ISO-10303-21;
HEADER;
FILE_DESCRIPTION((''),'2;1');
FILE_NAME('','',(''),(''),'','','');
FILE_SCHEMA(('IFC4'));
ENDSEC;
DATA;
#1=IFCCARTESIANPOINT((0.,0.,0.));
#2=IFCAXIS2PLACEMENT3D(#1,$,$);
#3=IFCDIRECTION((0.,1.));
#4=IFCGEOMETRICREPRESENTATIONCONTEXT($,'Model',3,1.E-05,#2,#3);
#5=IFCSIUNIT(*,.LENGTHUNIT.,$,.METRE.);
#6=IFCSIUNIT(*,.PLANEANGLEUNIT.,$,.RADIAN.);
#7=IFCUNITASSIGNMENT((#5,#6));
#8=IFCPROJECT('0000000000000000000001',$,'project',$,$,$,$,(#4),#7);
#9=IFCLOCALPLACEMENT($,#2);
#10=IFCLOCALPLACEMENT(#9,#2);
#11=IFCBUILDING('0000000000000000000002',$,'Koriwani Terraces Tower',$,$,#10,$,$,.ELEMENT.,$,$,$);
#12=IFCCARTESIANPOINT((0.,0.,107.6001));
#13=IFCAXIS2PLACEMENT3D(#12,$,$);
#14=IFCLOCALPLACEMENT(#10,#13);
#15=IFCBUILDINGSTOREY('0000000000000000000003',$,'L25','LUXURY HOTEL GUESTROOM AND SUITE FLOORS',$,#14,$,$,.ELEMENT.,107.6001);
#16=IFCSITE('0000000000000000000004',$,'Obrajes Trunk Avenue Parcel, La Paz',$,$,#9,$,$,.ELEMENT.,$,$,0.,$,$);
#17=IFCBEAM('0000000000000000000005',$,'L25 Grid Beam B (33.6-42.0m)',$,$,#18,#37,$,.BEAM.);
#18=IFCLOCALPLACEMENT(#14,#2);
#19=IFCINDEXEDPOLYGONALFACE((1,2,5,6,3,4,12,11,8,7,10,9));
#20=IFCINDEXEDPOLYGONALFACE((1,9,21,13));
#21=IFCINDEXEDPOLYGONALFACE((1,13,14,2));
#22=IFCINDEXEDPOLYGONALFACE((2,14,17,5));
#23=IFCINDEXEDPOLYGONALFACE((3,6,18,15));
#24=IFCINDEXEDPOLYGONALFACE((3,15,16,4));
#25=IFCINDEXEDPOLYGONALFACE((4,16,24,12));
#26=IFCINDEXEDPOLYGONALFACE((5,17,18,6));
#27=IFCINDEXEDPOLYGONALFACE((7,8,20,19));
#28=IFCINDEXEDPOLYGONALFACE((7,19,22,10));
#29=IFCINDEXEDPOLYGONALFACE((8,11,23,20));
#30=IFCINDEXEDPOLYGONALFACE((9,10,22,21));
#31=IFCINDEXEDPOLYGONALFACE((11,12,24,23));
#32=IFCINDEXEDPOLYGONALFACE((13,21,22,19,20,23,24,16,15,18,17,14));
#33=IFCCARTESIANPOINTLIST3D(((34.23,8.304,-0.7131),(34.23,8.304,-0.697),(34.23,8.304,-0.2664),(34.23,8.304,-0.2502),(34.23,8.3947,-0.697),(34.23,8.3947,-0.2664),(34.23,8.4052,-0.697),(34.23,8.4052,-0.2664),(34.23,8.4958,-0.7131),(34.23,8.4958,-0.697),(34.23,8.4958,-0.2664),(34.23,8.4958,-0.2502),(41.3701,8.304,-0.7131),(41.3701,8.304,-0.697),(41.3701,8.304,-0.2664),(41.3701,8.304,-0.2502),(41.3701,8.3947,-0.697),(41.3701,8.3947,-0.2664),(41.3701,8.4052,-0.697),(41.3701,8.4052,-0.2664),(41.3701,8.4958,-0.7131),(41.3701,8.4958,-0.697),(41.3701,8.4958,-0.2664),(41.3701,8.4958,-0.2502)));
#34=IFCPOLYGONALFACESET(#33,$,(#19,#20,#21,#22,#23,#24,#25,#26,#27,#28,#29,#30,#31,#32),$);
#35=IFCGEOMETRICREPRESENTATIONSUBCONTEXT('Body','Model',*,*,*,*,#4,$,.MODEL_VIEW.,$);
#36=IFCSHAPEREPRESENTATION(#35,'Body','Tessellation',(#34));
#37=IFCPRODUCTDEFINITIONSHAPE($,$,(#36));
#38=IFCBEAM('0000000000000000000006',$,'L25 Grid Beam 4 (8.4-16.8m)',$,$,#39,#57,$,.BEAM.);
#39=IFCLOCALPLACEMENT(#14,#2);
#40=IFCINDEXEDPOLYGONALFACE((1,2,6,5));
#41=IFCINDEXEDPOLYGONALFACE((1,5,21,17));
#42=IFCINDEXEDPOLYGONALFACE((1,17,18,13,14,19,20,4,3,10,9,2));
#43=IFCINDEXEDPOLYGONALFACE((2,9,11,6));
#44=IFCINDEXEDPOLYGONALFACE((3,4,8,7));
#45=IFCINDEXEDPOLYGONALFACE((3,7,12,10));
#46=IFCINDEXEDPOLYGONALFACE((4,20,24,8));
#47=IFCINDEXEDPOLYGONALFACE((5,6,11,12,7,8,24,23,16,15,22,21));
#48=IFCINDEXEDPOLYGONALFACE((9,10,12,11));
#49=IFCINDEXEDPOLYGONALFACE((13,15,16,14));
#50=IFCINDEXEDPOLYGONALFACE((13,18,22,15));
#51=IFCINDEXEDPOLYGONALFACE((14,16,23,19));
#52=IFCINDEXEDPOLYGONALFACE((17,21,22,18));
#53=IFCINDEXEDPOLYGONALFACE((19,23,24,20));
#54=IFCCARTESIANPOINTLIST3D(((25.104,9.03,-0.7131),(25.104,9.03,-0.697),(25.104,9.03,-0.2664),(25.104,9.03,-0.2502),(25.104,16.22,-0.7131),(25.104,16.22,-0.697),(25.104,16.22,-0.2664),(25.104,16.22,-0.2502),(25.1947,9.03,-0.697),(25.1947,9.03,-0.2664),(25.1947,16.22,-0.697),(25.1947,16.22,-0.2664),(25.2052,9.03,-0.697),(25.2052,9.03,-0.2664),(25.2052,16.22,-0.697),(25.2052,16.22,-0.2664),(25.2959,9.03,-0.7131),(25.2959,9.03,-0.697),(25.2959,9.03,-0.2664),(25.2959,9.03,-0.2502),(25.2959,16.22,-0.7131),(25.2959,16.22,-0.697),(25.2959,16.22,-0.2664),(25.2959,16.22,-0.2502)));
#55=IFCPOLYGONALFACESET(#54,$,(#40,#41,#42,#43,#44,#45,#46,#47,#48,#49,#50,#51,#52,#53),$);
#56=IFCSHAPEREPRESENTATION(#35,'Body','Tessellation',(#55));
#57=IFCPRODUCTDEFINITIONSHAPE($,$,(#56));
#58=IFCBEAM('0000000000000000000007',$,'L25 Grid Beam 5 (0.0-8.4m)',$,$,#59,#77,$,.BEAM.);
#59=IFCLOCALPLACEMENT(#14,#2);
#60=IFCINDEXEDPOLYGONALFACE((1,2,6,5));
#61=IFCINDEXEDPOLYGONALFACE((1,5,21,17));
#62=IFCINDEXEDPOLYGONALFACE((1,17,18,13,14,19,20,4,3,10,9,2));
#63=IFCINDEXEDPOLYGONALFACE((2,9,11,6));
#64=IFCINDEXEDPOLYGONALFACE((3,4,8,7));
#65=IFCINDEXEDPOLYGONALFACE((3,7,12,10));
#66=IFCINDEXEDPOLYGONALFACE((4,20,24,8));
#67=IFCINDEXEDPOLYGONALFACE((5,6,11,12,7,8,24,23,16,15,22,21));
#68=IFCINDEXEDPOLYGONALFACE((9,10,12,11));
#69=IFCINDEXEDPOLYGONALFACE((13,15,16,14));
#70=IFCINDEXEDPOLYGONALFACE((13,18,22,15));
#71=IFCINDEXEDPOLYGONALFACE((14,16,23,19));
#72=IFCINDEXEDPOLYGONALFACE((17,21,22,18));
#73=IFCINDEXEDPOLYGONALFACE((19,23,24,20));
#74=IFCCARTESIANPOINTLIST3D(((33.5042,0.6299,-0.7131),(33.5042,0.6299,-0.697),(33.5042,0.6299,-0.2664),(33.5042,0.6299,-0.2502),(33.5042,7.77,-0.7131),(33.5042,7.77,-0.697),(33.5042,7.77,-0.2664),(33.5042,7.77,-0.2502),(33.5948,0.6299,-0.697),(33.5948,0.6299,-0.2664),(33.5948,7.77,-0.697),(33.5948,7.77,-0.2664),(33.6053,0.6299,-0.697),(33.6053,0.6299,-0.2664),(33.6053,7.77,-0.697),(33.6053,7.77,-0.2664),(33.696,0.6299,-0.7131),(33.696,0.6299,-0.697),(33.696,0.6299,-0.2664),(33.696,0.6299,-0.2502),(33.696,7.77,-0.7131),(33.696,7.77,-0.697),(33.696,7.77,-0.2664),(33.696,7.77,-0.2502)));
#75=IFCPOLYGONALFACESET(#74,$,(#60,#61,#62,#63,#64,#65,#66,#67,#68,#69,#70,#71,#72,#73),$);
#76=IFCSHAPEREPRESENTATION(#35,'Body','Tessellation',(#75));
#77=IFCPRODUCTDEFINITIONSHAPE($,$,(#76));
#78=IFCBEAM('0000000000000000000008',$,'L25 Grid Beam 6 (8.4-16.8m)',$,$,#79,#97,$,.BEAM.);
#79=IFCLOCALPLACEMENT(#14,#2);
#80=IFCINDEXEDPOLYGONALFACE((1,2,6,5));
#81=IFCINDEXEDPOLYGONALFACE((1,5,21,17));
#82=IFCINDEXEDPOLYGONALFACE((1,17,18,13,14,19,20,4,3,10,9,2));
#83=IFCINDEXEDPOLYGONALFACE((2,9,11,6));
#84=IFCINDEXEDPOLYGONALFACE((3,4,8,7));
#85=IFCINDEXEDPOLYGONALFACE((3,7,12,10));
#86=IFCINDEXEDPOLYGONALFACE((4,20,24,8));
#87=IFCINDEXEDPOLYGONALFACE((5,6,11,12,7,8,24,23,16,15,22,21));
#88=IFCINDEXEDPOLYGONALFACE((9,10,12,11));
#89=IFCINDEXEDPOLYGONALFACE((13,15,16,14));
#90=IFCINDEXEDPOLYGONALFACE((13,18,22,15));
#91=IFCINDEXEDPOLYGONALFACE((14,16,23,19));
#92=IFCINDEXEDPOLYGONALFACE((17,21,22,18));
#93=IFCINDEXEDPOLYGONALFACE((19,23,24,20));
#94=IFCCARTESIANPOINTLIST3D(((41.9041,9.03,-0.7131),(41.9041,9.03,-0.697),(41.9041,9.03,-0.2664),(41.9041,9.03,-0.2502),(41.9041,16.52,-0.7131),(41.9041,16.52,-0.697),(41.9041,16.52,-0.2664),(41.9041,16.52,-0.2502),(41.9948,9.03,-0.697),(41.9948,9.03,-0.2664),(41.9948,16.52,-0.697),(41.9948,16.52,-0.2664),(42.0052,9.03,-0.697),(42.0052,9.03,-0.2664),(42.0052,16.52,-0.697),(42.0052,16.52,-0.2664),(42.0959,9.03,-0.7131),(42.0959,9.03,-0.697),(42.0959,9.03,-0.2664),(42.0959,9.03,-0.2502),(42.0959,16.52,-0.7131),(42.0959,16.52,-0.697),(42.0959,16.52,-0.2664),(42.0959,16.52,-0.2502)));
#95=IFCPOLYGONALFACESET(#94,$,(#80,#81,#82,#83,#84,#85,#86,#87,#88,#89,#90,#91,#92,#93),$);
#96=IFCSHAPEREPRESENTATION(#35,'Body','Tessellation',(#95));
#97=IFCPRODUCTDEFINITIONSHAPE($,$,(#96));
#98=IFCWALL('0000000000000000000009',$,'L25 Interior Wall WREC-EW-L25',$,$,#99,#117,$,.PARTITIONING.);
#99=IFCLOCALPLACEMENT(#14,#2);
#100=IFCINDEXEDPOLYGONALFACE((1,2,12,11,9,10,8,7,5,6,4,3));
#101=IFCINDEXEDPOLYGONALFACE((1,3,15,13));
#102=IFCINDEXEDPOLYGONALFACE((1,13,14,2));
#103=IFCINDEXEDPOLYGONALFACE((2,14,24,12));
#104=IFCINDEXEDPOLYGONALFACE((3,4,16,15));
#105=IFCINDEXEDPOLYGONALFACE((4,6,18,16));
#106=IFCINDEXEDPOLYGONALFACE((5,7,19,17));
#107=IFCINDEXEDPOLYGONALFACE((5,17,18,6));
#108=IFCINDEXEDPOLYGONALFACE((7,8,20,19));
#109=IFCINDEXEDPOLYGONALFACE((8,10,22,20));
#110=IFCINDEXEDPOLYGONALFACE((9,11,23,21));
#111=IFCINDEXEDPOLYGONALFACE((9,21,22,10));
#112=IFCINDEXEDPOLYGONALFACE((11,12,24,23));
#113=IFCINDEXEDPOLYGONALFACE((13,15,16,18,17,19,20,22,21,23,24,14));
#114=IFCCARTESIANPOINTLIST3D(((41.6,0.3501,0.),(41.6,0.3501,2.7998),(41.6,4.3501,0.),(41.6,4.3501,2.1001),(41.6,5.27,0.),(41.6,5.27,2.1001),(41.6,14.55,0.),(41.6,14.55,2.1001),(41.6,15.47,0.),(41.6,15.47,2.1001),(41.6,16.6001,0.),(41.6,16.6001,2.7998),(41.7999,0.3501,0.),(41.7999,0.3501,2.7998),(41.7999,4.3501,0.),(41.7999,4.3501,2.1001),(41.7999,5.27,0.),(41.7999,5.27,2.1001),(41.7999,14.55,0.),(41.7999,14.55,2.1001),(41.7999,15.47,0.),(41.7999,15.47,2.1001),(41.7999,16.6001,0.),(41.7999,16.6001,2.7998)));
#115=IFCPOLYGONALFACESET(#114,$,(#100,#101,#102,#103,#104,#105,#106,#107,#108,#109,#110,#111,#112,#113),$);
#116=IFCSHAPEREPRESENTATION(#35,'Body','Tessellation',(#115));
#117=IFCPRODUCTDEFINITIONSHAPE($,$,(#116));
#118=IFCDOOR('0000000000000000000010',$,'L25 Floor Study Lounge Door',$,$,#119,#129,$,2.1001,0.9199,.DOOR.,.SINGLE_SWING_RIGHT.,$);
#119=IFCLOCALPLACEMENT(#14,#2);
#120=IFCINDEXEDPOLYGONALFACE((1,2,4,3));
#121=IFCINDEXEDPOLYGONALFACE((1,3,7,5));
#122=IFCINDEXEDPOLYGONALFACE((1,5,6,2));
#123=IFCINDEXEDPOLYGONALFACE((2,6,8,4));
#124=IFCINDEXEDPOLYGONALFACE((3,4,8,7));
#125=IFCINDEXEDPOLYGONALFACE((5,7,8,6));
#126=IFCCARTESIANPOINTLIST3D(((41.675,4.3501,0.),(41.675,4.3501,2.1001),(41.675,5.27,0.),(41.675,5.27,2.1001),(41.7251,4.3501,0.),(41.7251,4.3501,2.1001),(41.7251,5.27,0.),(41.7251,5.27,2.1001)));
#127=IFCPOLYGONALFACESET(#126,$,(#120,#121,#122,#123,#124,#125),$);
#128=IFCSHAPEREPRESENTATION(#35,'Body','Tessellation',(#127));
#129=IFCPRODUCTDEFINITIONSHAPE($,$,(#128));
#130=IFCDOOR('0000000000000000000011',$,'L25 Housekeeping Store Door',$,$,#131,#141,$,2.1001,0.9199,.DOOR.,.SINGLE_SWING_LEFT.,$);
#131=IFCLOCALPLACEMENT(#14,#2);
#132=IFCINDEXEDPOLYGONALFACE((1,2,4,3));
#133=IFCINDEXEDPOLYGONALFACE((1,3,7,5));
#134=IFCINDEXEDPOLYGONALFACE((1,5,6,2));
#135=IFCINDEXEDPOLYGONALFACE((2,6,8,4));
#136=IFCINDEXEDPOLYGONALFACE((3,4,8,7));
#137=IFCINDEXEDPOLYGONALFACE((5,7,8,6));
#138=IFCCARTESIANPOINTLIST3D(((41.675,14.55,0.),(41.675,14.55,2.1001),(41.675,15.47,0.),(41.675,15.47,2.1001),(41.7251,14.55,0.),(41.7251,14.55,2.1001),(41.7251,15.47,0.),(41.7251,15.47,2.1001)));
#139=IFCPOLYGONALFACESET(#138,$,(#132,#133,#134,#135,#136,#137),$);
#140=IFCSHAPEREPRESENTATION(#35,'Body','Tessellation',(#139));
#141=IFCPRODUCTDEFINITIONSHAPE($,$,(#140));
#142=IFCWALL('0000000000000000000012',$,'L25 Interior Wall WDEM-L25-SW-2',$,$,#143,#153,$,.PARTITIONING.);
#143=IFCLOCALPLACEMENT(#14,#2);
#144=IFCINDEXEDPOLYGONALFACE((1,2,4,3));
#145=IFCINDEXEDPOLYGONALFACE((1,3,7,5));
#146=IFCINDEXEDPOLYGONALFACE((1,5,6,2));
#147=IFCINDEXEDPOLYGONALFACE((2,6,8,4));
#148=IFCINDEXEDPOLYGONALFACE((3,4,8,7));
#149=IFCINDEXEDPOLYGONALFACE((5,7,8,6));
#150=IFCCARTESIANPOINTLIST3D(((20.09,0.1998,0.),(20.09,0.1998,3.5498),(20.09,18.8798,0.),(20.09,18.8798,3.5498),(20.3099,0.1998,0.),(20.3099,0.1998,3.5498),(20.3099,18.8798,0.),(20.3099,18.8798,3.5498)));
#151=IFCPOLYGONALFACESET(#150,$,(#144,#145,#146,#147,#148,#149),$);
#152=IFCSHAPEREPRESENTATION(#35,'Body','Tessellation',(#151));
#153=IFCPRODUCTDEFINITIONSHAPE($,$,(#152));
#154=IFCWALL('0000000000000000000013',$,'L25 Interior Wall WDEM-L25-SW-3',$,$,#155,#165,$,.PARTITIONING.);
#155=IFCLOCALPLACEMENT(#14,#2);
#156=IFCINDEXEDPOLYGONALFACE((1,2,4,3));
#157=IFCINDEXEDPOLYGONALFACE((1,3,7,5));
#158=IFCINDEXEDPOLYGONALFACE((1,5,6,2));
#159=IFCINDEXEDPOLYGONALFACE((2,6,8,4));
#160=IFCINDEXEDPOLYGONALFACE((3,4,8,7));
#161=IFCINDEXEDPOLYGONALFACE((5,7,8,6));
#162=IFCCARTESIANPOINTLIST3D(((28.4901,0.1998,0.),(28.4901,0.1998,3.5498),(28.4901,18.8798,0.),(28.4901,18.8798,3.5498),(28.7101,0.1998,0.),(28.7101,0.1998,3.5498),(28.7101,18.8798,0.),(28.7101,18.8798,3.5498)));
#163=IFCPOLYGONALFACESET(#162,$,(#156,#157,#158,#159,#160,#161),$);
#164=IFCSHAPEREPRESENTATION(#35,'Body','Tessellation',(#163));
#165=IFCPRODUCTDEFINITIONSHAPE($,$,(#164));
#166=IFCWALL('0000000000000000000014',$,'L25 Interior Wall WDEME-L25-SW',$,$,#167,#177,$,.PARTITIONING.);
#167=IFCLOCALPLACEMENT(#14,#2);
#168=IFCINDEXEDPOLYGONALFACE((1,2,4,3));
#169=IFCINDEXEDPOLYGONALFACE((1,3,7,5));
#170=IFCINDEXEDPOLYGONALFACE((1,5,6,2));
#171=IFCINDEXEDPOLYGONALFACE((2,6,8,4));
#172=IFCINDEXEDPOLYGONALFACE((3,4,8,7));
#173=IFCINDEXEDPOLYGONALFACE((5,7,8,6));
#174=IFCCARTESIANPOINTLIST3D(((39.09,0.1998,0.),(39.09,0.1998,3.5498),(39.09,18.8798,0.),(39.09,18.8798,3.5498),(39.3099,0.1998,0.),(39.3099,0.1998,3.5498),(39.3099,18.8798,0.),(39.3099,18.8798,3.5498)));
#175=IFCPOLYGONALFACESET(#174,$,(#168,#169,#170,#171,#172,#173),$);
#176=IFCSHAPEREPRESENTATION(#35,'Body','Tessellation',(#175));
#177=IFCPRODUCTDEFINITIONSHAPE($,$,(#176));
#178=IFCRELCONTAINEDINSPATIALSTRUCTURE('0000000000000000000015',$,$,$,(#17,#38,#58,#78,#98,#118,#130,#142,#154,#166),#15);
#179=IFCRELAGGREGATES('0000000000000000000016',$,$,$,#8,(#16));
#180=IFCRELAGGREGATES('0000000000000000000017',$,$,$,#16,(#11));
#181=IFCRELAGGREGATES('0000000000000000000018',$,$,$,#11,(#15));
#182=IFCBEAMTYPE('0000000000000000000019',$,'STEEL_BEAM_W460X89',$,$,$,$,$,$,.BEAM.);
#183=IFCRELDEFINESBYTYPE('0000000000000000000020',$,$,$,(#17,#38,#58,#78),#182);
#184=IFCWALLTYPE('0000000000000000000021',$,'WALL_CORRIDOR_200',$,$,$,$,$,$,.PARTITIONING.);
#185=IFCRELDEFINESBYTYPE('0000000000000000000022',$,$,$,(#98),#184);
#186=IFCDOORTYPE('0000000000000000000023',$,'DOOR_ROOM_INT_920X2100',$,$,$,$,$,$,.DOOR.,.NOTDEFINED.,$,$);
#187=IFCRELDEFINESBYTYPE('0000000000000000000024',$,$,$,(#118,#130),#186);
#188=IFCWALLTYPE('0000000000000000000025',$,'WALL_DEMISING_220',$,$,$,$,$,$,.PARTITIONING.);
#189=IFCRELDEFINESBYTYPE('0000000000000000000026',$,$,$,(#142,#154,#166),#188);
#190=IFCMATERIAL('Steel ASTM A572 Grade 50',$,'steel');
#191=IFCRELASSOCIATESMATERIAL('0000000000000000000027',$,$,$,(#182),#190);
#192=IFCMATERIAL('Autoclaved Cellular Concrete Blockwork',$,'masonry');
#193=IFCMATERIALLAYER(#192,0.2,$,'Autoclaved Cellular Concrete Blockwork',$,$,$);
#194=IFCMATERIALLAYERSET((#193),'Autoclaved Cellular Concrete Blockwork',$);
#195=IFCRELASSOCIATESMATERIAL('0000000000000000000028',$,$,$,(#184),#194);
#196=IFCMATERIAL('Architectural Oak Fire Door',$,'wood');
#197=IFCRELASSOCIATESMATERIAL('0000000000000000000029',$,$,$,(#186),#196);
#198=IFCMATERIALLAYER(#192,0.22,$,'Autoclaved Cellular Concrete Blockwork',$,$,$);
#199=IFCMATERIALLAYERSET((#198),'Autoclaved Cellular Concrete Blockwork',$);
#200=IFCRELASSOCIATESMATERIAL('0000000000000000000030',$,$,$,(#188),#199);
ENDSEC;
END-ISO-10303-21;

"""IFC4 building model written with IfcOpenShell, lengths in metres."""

from ifc_helpers import new_model, si_unit, direction, frame, frame_2d, origin, origin_2d, place, context, subcontext, project, spatial, rectangle, i_section, extrude, material, layer, layer_set, material_profile, profile_set, type_object, element, fill, save


model = new_model("IFC4")

# Units and contexts
model_context = context("Model", 3, precision=1e-05, world=origin(), true_north=direction((0.0, 1.0)))
body_context = subcontext(model_context, "Body", "Model", "MODEL_VIEW")
ifc_project = project(units=[si_unit("LENGTHUNIT", "METRE"), si_unit("PLANEANGLEUNIT", "RADIAN")], contexts=[model_context])

# Site, building, storey
site_placement = place(None, origin())
site = spatial("IfcSite", under=ifc_project, at=site_placement, Name="Obrajes Trunk Avenue Parcel, La Paz", CompositionType="ELEMENT", RefElevation=0.0)
building_placement = place(site_placement, origin())
building = spatial("IfcBuilding", under=site, at=building_placement, Name="Koriwani Terraces Tower", CompositionType="ELEMENT")
storey_placement = place(building_placement, frame((0.0, 0.0, 107.6001)))
storey = spatial("IfcBuildingStorey", under=building, at=storey_placement, Name="L25", Description="LUXURY HOTEL GUESTROOM AND SUITE FLOORS", CompositionType="ELEMENT", Elevation=107.6001)

# Beams
ifc_material_1 = material(Name="Steel ASTM A572 Grade 50", Category="steel")
ifc_material_profile_1 = material_profile(ifc_material_1, i_section(OverallWidth=0.1919, OverallDepth=0.4629, WebThickness=0.0105, FlangeThickness=0.0161, at=origin_2d()), Name="Steel ASTM A572 Grade 50", Category="LoadBearing")
ifc_profile_set_1 = profile_set([ifc_material_profile_1], Name="Steel ASTM A572 Grade 50")
beam_type_1 = type_object("IfcBeamType", Name="STEEL_BEAM_W460X89", PredefinedType="BEAM", material=ifc_profile_set_1)
for number, where, z_axis, x_axis, name in (
    (1, (34.23, 8.3999, -0.4817), (1.0, 0.0, 0.0), (0.0, 1.0, 0.0), "L25 Grid Beam B (33.6-42.0m)"),
):
    element("IfcBeam", number, at=place(storey_placement, frame(where, z_axis=z_axis, x_axis=x_axis)), inside=storey, type_object=beam_type_1, Name=name, PredefinedType="BEAM", context=body_context, shape_type="SweptSolid", body=[
        extrude(i_section(OverallWidth=0.1919, OverallDepth=0.4629, WebThickness=0.0105, FlangeThickness=0.0161, at=origin_2d()), origin(), (0.0, 0.0, 1.0), 7.1401),
    ])
beam_1_placement = place(storey_placement, frame((25.2, 9.03, -0.4817), z_axis=(0.0, 1.0, 0.0), x_axis=(-1.0, 0.0, 0.0)))
element("IfcBeam", 2, at=beam_1_placement, inside=storey, type_object=beam_type_1, Name="L25 Grid Beam 4 (8.4-16.8m)", PredefinedType="BEAM", context=body_context, shape_type="SweptSolid", body=[
    extrude(i_section(OverallWidth=0.1919, OverallDepth=0.4629, WebThickness=0.0105, FlangeThickness=0.0161, at=origin_2d()), origin(), (0.0, 0.0, 1.0), 7.1899),
])
beam_2_placement = place(storey_placement, frame((33.6001, 0.6299, -0.4817), z_axis=(0.0, 1.0, 0.0), x_axis=(-1.0, 0.0, 0.0)))
element("IfcBeam", 3, at=beam_2_placement, inside=storey, type_object=beam_type_1, Name="L25 Grid Beam 5 (0.0-8.4m)", PredefinedType="BEAM", context=body_context, shape_type="SweptSolid", body=[
    extrude(i_section(OverallWidth=0.1919, OverallDepth=0.4629, WebThickness=0.0105, FlangeThickness=0.0161, at=origin_2d()), origin(), (0.0, 0.0, 1.0), 7.1401),
])
beam_3_placement = place(storey_placement, frame((42.0, 9.03, -0.4817), z_axis=(0.0, 1.0, 0.0), x_axis=(-1.0, 0.0, 0.0)))
element("IfcBeam", 4, at=beam_3_placement, inside=storey, type_object=beam_type_1, Name="L25 Grid Beam 6 (8.4-16.8m)", PredefinedType="BEAM", context=body_context, shape_type="SweptSolid", body=[
    extrude(i_section(OverallWidth=0.1919, OverallDepth=0.4629, WebThickness=0.0105, FlangeThickness=0.0161, at=origin_2d()), origin(), (0.0, 0.0, 1.0), 7.49),
])

# Wall, openings, doors
ifc_material_2 = material(Name="Autoclaved Cellular Concrete Blockwork", Category="masonry")
ifc_layer_1 = layer(ifc_material_2, 0.2, Name="Autoclaved Cellular Concrete Blockwork")
ifc_layer_set_1 = layer_set([ifc_layer_1], Name="Autoclaved Cellular Concrete Blockwork")
wall_type_1 = type_object("IfcWallType", Name="WALL_CORRIDOR_200", PredefinedType="PARTITIONING", material=ifc_layer_set_1)
wall_1_placement = place(storey_placement, frame((41.7, 0.3501, 0.0), z_axis=(0.0, 0.0, 1.0), x_axis=(0.0, 1.0, 0.0)))
wall_1 = element("IfcWall", 5, at=wall_1_placement, inside=storey, type_object=wall_type_1, Name="L25 Interior Wall WREC-EW-L25", PredefinedType="PARTITIONING", context=body_context, shape_type="SweptSolid", body=[
    extrude(rectangle(XDim=16.25, YDim=0.2, at=frame_2d((8.125, 0.0))), origin(), (0.0, 0.0, 1.0), 2.7998),
])
opening_1_placement = place(wall_1_placement, frame((4.0, 0.0, 0.0)))
opening_1 = element("IfcOpeningElement", 6, at=opening_1_placement, cuts=wall_1, PredefinedType="OPENING", context=body_context, shape_type="SweptSolid", body=[
    extrude(rectangle(XDim=0.9199, YDim=2.1001, at=frame_2d((0.46, 1.05))), frame((0.0, 0.1099, 0.0), z_axis=(0.0, -1.0, 0.0), x_axis=(1.0, 0.0, 0.0)), (0.0, 0.0, 1.0), 0.22),
])
opening_2_placement = place(wall_1_placement, frame((14.2, 0.0, 0.0)))
opening_2 = element("IfcOpeningElement", 7, at=opening_2_placement, cuts=wall_1, PredefinedType="OPENING", context=body_context, shape_type="SweptSolid", body=[
    extrude(rectangle(XDim=0.9199, YDim=2.1001, at=frame_2d((0.46, 1.05))), frame((0.0, 0.1099, 0.0), z_axis=(0.0, -1.0, 0.0), x_axis=(1.0, 0.0, 0.0)), (0.0, 0.0, 1.0), 0.22),
])
ifc_material_3 = material(Name="Architectural Oak Fire Door", Category="wood")
door_type = type_object("IfcDoorType", Name="DOOR_ROOM_INT_920X2100", OperationType="NOTDEFINED", PredefinedType="DOOR", material=ifc_material_3)
door_1_placement = place(opening_1_placement, origin())
door_1 = element("IfcDoor", 8, at=door_1_placement, inside=storey, type_object=door_type, Name="L25 Floor Study Lounge Door", OperationType="SINGLE_SWING_RIGHT", OverallHeight=2.1001, OverallWidth=0.9199, PredefinedType="DOOR", context=body_context, shape_type="SweptSolid", body=[
    extrude(rectangle(XDim=0.9199, YDim=2.1001, at=frame_2d((0.46, 1.05))), frame((0.0, 0.0249, 0.0), z_axis=(0.0, -1.0, 0.0), x_axis=(1.0, 0.0, 0.0)), (0.0, 0.0, 1.0), 0.05),
])
fill(opening_1, door_1)
door_2_placement = place(opening_2_placement, origin())
door_2 = element("IfcDoor", 9, at=door_2_placement, inside=storey, type_object=door_type, Name="L25 Housekeeping Store Door", OperationType="SINGLE_SWING_LEFT", OverallHeight=2.1001, OverallWidth=0.9199, PredefinedType="DOOR", context=body_context, shape_type="SweptSolid", body=[
    extrude(rectangle(XDim=0.9199, YDim=2.1001, at=frame_2d((0.46, 1.05))), frame((0.0, 0.0249, 0.0), z_axis=(0.0, -1.0, 0.0), x_axis=(1.0, 0.0, 0.0)), (0.0, 0.0, 1.0), 0.05),
])
fill(opening_2, door_2)

# Walls
ifc_layer_2 = layer(ifc_material_2, 0.22, Name="Autoclaved Cellular Concrete Blockwork")
ifc_layer_set_2 = layer_set([ifc_layer_2], Name="Autoclaved Cellular Concrete Blockwork")
wall_type_2 = type_object("IfcWallType", Name="WALL_DEMISING_220", PredefinedType="PARTITIONING", material=ifc_layer_set_2)
for number, where, z_axis, x_axis, name in (
    (10, (20.2, 0.2, 0.0), (0.0, 0.0, 1.0), (0.0, 1.0, 0.0), "L25 Interior Wall WDEM-L25-SW-2"),
    (11, (28.6001, 0.2, 0.0), (0.0, 0.0, 1.0), (0.0, 1.0, 0.0), "L25 Interior Wall WDEM-L25-SW-3"),
    (12, (39.2, 0.2, 0.0), (0.0, 0.0, 1.0), (0.0, 1.0, 0.0), "L25 Interior Wall WDEME-L25-SW"),
):
    element("IfcWall", number, at=place(storey_placement, frame(where, z_axis=z_axis, x_axis=x_axis)), inside=storey, type_object=wall_type_2, Name=name, PredefinedType="PARTITIONING", context=body_context, shape_type="SweptSolid", body=[
        extrude(rectangle(XDim=18.6799, YDim=0.22, at=frame_2d((9.3398, 0.0))), origin(), (0.0, 0.0, 1.0), 3.5498),
    ])

save(model, "model.ifc")
